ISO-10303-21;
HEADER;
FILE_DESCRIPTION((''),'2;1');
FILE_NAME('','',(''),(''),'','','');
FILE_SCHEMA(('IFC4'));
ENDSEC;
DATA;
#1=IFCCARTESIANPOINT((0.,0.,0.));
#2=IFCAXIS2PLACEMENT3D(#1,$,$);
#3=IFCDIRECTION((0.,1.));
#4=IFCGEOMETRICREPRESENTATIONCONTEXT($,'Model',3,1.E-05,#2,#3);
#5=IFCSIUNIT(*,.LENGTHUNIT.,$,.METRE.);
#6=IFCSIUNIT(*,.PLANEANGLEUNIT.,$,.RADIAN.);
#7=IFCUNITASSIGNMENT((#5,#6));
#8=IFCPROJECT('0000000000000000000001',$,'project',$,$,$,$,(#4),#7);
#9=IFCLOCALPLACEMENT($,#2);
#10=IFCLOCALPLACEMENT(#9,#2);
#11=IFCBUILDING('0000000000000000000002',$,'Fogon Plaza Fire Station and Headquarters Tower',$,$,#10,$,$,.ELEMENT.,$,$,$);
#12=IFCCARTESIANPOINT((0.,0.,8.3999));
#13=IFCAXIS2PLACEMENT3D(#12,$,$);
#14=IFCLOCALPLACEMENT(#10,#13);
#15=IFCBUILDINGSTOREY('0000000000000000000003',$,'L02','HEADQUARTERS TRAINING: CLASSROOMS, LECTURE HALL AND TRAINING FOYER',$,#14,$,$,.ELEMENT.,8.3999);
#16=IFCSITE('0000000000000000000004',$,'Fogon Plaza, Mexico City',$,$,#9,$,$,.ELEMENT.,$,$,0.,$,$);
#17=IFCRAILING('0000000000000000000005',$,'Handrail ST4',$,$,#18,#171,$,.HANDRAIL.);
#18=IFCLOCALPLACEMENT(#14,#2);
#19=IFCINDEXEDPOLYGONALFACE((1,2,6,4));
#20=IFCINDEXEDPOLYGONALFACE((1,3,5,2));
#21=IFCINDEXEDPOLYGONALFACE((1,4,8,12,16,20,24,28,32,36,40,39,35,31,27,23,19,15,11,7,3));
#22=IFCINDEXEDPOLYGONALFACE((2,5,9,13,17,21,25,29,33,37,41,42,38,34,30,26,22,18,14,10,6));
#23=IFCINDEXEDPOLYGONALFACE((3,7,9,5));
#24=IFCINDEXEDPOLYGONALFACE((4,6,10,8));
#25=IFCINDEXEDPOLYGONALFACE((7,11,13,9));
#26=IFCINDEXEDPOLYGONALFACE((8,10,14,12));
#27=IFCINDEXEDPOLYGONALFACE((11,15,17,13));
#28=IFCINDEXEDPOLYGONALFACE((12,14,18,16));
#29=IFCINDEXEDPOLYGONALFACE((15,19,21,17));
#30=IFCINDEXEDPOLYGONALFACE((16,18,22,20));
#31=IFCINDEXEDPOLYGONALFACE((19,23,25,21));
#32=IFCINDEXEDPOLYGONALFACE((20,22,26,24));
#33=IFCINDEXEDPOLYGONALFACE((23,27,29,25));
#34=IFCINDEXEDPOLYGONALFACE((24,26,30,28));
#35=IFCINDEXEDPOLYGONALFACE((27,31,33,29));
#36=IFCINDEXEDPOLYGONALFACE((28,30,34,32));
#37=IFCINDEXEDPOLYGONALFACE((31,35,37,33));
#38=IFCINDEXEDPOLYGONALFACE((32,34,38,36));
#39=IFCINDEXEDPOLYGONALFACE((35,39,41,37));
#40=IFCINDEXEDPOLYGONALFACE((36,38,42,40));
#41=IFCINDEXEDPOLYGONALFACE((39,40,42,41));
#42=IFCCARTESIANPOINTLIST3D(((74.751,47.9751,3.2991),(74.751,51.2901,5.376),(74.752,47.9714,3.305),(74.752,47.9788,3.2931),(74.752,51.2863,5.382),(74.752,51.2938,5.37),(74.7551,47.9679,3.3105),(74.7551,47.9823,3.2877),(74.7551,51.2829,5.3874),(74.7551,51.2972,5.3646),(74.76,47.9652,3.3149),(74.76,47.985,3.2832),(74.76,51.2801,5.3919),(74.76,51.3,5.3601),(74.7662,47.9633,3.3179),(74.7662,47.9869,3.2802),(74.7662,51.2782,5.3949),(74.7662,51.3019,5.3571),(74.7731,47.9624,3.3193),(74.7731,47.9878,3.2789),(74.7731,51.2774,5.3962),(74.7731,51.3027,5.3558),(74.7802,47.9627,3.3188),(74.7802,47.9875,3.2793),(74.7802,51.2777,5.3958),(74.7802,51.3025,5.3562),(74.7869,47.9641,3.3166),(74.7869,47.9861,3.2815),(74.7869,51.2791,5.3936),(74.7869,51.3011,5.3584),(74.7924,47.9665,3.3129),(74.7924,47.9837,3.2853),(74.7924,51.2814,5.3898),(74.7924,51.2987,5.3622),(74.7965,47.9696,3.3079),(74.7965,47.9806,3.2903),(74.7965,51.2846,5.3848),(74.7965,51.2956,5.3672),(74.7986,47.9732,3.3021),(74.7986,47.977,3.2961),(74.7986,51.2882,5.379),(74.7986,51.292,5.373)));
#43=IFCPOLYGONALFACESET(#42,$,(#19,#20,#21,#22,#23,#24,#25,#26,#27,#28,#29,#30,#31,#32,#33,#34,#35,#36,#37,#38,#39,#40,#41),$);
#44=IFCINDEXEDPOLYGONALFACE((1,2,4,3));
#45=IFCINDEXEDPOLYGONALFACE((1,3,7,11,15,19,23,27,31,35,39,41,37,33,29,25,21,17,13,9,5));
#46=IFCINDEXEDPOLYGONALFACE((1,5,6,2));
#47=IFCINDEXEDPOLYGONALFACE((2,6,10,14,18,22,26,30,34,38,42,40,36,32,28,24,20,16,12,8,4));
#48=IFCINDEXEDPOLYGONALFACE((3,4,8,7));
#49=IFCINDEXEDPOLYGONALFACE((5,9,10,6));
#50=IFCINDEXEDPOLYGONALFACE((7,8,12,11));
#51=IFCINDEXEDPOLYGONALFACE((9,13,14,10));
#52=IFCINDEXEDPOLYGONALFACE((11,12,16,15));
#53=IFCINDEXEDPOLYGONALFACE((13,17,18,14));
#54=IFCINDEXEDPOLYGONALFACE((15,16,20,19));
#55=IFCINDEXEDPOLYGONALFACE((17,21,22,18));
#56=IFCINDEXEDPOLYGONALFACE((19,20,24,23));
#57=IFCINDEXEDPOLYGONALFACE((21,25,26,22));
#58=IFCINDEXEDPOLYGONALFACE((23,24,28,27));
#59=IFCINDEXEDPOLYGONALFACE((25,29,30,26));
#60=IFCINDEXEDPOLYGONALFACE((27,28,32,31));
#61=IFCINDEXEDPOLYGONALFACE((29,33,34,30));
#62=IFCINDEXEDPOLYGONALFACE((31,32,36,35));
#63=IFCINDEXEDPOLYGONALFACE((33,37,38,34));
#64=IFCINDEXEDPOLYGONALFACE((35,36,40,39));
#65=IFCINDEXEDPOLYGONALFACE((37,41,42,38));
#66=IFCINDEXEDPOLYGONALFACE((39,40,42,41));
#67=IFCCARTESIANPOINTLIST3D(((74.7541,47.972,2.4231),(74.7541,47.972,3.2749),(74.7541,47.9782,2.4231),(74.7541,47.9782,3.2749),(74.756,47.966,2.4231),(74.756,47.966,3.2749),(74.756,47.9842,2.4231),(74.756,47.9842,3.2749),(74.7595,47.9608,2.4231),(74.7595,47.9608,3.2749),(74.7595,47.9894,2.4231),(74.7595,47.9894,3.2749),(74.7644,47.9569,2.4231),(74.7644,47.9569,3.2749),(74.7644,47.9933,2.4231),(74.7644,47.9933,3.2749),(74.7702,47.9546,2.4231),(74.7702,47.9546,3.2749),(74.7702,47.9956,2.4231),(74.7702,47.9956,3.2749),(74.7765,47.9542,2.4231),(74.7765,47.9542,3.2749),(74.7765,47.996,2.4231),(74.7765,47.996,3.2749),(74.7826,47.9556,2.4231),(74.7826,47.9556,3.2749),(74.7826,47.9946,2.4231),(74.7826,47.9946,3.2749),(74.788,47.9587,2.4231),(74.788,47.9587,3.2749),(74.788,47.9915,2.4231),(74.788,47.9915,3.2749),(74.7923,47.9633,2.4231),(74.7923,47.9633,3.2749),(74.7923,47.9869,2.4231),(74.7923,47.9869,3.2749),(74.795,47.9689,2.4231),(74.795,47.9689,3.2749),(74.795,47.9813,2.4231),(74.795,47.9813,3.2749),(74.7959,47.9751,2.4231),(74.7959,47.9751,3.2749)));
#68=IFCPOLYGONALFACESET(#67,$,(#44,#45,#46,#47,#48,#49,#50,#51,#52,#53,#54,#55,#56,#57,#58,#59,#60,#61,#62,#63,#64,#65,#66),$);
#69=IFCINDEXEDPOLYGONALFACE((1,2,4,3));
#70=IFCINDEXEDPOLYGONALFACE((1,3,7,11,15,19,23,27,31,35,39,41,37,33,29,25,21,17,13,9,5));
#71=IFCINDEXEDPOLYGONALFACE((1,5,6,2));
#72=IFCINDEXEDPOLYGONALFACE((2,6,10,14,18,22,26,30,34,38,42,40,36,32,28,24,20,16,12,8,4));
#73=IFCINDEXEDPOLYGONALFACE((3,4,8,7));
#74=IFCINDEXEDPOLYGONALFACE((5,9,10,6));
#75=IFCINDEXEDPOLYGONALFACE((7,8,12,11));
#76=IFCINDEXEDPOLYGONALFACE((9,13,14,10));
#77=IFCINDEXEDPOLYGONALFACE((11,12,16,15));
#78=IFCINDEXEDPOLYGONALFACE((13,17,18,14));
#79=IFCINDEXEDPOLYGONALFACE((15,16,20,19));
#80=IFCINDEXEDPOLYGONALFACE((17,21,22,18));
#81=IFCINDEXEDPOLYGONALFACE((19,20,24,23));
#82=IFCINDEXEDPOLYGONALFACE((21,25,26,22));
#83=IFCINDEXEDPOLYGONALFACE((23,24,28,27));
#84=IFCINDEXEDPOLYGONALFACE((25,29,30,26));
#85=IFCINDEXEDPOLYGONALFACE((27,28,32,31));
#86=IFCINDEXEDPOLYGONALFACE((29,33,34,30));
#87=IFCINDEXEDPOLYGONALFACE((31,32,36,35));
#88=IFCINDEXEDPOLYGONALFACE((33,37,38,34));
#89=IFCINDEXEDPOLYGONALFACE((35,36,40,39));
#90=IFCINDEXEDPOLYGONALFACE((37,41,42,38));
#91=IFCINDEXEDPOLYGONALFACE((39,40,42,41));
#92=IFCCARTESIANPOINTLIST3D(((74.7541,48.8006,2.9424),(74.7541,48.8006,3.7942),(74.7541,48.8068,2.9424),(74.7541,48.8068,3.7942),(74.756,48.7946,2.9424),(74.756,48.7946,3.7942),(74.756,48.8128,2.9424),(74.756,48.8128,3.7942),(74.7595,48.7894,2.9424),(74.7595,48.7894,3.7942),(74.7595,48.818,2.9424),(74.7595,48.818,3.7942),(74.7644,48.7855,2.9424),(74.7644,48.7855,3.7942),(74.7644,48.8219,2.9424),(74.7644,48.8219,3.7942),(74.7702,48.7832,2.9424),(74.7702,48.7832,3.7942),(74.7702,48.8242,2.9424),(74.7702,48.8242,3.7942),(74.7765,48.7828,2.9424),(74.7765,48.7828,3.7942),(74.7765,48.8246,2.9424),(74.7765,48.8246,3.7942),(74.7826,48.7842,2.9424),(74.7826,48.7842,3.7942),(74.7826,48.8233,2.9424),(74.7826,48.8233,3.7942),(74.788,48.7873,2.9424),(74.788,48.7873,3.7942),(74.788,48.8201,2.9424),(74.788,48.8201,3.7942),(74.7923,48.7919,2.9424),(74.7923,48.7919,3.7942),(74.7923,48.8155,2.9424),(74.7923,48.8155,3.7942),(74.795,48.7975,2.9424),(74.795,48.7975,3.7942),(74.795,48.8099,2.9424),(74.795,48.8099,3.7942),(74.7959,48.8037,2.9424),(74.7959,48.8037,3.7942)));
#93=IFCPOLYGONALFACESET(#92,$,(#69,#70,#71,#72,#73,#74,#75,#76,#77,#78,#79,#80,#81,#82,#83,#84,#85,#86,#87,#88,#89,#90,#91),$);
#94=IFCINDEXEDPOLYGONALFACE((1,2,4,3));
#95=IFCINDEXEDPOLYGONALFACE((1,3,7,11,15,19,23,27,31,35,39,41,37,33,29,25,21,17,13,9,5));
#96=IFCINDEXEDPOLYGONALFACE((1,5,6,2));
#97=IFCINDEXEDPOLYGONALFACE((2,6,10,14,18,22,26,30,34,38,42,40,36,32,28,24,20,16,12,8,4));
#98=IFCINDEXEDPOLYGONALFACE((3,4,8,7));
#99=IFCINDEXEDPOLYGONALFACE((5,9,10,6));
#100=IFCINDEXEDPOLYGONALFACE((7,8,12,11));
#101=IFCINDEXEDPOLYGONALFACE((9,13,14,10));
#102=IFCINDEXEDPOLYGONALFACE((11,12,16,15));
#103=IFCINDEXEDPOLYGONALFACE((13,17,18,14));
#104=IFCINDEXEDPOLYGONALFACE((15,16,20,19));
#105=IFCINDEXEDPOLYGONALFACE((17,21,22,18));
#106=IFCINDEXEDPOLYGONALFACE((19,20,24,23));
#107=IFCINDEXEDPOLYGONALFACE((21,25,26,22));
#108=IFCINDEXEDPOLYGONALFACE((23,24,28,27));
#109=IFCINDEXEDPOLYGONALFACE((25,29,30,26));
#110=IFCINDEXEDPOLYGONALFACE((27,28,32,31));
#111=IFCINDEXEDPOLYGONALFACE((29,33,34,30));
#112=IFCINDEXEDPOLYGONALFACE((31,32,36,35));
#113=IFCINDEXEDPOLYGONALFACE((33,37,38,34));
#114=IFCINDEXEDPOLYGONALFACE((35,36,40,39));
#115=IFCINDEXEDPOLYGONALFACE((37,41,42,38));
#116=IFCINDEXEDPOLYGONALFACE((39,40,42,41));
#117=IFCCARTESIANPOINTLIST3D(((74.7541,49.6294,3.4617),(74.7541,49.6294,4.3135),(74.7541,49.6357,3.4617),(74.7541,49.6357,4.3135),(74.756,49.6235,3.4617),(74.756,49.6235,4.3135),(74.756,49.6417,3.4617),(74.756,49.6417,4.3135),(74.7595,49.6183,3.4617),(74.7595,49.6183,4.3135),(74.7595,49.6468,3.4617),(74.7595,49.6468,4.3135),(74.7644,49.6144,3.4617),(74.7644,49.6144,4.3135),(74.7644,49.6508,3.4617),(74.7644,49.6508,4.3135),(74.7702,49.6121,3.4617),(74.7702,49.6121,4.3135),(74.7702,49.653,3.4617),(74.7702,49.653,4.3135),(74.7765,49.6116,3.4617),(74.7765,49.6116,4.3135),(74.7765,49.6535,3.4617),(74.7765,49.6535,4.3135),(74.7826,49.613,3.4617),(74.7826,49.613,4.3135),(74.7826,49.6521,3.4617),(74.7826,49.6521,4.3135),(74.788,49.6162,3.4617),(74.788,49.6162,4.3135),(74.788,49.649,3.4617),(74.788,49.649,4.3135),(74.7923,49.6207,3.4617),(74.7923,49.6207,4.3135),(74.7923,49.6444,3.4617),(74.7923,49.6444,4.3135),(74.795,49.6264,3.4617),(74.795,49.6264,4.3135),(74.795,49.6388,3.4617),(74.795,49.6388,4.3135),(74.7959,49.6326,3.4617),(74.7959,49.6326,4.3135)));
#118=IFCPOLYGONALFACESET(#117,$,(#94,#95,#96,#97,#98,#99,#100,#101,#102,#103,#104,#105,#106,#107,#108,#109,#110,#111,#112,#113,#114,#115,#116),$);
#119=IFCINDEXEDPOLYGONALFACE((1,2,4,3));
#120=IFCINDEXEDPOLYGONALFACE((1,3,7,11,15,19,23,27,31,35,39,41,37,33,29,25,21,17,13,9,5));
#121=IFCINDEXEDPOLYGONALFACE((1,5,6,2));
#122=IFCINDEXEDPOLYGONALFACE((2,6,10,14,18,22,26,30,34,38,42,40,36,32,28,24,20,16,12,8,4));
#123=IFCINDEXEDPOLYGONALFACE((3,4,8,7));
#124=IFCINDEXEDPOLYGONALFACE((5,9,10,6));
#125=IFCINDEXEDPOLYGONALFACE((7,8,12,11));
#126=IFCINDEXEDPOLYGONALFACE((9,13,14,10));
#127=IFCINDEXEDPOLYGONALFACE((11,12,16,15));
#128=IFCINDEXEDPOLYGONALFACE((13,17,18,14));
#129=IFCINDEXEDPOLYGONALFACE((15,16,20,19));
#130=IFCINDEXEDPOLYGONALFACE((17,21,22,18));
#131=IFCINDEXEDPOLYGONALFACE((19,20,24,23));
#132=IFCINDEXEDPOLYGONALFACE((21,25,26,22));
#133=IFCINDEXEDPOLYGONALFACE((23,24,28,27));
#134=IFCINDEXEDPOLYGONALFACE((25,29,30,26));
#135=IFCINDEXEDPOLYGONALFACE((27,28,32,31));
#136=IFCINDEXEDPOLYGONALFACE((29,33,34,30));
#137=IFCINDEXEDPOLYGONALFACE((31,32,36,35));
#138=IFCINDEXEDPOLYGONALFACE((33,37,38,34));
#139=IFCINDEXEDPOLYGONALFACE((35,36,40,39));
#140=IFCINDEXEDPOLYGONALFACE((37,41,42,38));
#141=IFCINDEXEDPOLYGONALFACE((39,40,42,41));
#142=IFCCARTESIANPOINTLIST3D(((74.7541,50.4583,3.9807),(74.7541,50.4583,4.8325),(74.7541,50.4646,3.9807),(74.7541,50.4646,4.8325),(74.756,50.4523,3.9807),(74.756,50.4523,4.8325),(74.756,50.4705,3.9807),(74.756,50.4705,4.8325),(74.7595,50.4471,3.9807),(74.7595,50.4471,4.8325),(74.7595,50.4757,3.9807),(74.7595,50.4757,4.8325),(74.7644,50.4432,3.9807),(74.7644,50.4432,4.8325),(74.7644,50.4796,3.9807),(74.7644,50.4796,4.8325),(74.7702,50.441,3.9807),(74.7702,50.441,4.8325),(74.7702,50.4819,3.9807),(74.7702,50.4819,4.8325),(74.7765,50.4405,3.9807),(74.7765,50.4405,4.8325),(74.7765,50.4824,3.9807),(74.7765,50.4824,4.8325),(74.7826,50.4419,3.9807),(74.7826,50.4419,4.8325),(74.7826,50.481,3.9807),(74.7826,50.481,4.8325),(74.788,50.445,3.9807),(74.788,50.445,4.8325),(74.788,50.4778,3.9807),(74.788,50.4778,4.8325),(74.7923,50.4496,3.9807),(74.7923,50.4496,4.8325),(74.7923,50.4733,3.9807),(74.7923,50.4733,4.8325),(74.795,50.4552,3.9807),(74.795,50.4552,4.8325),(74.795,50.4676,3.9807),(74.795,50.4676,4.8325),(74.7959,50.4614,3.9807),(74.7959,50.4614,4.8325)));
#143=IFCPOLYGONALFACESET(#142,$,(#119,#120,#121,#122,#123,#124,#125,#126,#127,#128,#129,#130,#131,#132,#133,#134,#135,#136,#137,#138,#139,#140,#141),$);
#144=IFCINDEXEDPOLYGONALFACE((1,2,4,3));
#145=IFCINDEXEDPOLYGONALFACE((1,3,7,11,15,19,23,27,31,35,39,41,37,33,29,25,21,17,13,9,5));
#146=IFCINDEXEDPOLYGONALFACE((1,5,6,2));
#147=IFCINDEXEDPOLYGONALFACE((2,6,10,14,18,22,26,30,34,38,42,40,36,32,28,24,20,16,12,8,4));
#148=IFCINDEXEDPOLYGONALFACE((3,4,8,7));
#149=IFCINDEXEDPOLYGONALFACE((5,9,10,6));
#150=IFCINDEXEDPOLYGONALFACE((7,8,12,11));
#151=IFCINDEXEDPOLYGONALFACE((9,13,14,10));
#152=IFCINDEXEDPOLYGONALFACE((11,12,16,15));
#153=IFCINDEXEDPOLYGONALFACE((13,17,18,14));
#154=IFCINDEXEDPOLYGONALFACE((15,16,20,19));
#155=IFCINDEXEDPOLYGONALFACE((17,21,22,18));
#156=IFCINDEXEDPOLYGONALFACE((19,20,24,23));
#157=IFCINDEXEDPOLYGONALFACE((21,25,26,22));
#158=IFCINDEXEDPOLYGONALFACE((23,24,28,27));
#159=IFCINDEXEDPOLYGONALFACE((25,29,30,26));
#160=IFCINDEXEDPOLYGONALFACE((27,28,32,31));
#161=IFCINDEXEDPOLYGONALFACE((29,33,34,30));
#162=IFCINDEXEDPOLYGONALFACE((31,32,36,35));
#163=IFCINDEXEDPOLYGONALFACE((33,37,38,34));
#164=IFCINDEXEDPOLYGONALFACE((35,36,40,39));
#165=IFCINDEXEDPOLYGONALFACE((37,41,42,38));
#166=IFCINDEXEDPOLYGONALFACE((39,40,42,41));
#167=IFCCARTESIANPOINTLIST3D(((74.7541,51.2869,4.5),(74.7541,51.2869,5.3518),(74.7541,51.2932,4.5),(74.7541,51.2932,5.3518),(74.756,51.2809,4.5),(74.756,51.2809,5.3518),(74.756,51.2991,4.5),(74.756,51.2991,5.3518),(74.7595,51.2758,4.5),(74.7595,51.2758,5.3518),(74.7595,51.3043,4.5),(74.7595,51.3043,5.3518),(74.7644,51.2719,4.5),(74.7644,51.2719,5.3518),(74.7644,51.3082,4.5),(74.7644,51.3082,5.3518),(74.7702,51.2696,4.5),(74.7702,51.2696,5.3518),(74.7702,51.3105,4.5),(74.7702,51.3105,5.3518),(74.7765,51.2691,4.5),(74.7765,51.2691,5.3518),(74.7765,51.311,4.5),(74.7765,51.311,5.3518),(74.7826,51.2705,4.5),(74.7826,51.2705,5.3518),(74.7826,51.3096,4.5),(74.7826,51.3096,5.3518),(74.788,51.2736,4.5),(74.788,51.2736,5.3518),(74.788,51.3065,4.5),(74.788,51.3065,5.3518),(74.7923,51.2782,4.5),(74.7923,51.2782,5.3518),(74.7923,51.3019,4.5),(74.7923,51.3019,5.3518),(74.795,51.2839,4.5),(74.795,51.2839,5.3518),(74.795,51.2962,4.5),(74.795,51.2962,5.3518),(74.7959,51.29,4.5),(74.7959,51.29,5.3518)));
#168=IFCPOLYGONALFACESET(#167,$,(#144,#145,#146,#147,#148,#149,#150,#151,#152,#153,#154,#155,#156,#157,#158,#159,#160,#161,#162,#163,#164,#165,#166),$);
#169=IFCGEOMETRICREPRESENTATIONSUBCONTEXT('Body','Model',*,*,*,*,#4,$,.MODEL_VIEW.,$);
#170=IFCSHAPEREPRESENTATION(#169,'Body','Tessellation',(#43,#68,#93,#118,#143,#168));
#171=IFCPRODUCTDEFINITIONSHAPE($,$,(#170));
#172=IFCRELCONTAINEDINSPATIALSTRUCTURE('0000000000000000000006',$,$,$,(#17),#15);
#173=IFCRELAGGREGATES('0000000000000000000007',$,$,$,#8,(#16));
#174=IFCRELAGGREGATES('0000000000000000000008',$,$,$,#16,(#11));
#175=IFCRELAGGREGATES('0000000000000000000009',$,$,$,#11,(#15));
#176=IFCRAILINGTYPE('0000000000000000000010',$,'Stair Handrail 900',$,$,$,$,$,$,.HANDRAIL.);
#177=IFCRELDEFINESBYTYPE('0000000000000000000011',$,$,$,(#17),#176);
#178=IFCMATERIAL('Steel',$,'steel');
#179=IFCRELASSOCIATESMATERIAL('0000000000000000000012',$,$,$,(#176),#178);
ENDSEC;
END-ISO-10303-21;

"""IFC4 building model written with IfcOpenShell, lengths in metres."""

from ifc_helpers import new_model, si_unit, direction, frame, origin, origin_2d, place, context, subcontext, project, spatial, circle, extrude, material, type_object, element, save


model = new_model("IFC4")

# Units and contexts
model_context = context("Model", 3, precision=1e-05, world=origin(), true_north=direction((0.0, 1.0)))
body_context = subcontext(model_context, "Body", "Model", "MODEL_VIEW")
ifc_project = project(units=[si_unit("LENGTHUNIT", "METRE"), si_unit("PLANEANGLEUNIT", "RADIAN")], contexts=[model_context])

# Site, building, storey
site_placement = place(None, origin())
site = spatial("IfcSite", under=ifc_project, at=site_placement, Name="Fogon Plaza, Mexico City", CompositionType="ELEMENT", RefElevation=0.0)
building_placement = place(site_placement, origin())
building = spatial("IfcBuilding", under=site, at=building_placement, Name="Fogon Plaza Fire Station and Headquarters Tower", CompositionType="ELEMENT")
storey_placement = place(building_placement, frame((0.0, 0.0, 8.3999)))
storey = spatial("IfcBuildingStorey", under=building, at=storey_placement, Name="L02", Description="HEADQUARTERS TRAINING: CLASSROOMS, LECTURE HALL AND TRAINING FOYER", CompositionType="ELEMENT", Elevation=8.3999)

# Railing
ifc_material_1 = material(Name="Steel", Category="steel")
railing_type = type_object("IfcRailingType", Name="Stair Handrail 900", PredefinedType="HANDRAIL", material=ifc_material_1)
for number, where, name in (
    (1, (74.7749, 47.9751, 2.4231), "Handrail ST4"),
):
    element("IfcRailing", number, at=place(storey_placement, frame(where)), inside=storey, type_object=railing_type, Name=name, PredefinedType="HANDRAIL", context=body_context, shape_type="SweptSolid", body=[
        extrude(circle(Radius=0.0239, at=origin_2d()), frame((0.0, 0.0, 0.876), z_axis=(0.0, 0.847416, 0.53093), x_axis=(-1.0, 0.0, 0.0)), (0.0, 0.0, 1.0), 3.9119),
        extrude(circle(Radius=0.021, at=origin_2d()), origin(), (0.0, 0.0, 1.0), 0.8518),
        extrude(circle(Radius=0.021, at=origin_2d()), frame((0.0, 0.8286, 0.5193)), (0.0, 0.0, 1.0), 0.8518),
        extrude(circle(Radius=0.021, at=origin_2d()), frame((0.0, 1.6575, 1.0386)), (0.0, 0.0, 1.0), 0.8518),
        extrude(circle(Radius=0.021, at=origin_2d()), frame((0.0, 2.4863, 1.5576)), (0.0, 0.0, 1.0), 0.8518),
        extrude(circle(Radius=0.021, at=origin_2d()), frame((0.0, 3.3149, 2.0769)), (0.0, 0.0, 1.0), 0.8518),
    ])

save(model, "model.ifc")
